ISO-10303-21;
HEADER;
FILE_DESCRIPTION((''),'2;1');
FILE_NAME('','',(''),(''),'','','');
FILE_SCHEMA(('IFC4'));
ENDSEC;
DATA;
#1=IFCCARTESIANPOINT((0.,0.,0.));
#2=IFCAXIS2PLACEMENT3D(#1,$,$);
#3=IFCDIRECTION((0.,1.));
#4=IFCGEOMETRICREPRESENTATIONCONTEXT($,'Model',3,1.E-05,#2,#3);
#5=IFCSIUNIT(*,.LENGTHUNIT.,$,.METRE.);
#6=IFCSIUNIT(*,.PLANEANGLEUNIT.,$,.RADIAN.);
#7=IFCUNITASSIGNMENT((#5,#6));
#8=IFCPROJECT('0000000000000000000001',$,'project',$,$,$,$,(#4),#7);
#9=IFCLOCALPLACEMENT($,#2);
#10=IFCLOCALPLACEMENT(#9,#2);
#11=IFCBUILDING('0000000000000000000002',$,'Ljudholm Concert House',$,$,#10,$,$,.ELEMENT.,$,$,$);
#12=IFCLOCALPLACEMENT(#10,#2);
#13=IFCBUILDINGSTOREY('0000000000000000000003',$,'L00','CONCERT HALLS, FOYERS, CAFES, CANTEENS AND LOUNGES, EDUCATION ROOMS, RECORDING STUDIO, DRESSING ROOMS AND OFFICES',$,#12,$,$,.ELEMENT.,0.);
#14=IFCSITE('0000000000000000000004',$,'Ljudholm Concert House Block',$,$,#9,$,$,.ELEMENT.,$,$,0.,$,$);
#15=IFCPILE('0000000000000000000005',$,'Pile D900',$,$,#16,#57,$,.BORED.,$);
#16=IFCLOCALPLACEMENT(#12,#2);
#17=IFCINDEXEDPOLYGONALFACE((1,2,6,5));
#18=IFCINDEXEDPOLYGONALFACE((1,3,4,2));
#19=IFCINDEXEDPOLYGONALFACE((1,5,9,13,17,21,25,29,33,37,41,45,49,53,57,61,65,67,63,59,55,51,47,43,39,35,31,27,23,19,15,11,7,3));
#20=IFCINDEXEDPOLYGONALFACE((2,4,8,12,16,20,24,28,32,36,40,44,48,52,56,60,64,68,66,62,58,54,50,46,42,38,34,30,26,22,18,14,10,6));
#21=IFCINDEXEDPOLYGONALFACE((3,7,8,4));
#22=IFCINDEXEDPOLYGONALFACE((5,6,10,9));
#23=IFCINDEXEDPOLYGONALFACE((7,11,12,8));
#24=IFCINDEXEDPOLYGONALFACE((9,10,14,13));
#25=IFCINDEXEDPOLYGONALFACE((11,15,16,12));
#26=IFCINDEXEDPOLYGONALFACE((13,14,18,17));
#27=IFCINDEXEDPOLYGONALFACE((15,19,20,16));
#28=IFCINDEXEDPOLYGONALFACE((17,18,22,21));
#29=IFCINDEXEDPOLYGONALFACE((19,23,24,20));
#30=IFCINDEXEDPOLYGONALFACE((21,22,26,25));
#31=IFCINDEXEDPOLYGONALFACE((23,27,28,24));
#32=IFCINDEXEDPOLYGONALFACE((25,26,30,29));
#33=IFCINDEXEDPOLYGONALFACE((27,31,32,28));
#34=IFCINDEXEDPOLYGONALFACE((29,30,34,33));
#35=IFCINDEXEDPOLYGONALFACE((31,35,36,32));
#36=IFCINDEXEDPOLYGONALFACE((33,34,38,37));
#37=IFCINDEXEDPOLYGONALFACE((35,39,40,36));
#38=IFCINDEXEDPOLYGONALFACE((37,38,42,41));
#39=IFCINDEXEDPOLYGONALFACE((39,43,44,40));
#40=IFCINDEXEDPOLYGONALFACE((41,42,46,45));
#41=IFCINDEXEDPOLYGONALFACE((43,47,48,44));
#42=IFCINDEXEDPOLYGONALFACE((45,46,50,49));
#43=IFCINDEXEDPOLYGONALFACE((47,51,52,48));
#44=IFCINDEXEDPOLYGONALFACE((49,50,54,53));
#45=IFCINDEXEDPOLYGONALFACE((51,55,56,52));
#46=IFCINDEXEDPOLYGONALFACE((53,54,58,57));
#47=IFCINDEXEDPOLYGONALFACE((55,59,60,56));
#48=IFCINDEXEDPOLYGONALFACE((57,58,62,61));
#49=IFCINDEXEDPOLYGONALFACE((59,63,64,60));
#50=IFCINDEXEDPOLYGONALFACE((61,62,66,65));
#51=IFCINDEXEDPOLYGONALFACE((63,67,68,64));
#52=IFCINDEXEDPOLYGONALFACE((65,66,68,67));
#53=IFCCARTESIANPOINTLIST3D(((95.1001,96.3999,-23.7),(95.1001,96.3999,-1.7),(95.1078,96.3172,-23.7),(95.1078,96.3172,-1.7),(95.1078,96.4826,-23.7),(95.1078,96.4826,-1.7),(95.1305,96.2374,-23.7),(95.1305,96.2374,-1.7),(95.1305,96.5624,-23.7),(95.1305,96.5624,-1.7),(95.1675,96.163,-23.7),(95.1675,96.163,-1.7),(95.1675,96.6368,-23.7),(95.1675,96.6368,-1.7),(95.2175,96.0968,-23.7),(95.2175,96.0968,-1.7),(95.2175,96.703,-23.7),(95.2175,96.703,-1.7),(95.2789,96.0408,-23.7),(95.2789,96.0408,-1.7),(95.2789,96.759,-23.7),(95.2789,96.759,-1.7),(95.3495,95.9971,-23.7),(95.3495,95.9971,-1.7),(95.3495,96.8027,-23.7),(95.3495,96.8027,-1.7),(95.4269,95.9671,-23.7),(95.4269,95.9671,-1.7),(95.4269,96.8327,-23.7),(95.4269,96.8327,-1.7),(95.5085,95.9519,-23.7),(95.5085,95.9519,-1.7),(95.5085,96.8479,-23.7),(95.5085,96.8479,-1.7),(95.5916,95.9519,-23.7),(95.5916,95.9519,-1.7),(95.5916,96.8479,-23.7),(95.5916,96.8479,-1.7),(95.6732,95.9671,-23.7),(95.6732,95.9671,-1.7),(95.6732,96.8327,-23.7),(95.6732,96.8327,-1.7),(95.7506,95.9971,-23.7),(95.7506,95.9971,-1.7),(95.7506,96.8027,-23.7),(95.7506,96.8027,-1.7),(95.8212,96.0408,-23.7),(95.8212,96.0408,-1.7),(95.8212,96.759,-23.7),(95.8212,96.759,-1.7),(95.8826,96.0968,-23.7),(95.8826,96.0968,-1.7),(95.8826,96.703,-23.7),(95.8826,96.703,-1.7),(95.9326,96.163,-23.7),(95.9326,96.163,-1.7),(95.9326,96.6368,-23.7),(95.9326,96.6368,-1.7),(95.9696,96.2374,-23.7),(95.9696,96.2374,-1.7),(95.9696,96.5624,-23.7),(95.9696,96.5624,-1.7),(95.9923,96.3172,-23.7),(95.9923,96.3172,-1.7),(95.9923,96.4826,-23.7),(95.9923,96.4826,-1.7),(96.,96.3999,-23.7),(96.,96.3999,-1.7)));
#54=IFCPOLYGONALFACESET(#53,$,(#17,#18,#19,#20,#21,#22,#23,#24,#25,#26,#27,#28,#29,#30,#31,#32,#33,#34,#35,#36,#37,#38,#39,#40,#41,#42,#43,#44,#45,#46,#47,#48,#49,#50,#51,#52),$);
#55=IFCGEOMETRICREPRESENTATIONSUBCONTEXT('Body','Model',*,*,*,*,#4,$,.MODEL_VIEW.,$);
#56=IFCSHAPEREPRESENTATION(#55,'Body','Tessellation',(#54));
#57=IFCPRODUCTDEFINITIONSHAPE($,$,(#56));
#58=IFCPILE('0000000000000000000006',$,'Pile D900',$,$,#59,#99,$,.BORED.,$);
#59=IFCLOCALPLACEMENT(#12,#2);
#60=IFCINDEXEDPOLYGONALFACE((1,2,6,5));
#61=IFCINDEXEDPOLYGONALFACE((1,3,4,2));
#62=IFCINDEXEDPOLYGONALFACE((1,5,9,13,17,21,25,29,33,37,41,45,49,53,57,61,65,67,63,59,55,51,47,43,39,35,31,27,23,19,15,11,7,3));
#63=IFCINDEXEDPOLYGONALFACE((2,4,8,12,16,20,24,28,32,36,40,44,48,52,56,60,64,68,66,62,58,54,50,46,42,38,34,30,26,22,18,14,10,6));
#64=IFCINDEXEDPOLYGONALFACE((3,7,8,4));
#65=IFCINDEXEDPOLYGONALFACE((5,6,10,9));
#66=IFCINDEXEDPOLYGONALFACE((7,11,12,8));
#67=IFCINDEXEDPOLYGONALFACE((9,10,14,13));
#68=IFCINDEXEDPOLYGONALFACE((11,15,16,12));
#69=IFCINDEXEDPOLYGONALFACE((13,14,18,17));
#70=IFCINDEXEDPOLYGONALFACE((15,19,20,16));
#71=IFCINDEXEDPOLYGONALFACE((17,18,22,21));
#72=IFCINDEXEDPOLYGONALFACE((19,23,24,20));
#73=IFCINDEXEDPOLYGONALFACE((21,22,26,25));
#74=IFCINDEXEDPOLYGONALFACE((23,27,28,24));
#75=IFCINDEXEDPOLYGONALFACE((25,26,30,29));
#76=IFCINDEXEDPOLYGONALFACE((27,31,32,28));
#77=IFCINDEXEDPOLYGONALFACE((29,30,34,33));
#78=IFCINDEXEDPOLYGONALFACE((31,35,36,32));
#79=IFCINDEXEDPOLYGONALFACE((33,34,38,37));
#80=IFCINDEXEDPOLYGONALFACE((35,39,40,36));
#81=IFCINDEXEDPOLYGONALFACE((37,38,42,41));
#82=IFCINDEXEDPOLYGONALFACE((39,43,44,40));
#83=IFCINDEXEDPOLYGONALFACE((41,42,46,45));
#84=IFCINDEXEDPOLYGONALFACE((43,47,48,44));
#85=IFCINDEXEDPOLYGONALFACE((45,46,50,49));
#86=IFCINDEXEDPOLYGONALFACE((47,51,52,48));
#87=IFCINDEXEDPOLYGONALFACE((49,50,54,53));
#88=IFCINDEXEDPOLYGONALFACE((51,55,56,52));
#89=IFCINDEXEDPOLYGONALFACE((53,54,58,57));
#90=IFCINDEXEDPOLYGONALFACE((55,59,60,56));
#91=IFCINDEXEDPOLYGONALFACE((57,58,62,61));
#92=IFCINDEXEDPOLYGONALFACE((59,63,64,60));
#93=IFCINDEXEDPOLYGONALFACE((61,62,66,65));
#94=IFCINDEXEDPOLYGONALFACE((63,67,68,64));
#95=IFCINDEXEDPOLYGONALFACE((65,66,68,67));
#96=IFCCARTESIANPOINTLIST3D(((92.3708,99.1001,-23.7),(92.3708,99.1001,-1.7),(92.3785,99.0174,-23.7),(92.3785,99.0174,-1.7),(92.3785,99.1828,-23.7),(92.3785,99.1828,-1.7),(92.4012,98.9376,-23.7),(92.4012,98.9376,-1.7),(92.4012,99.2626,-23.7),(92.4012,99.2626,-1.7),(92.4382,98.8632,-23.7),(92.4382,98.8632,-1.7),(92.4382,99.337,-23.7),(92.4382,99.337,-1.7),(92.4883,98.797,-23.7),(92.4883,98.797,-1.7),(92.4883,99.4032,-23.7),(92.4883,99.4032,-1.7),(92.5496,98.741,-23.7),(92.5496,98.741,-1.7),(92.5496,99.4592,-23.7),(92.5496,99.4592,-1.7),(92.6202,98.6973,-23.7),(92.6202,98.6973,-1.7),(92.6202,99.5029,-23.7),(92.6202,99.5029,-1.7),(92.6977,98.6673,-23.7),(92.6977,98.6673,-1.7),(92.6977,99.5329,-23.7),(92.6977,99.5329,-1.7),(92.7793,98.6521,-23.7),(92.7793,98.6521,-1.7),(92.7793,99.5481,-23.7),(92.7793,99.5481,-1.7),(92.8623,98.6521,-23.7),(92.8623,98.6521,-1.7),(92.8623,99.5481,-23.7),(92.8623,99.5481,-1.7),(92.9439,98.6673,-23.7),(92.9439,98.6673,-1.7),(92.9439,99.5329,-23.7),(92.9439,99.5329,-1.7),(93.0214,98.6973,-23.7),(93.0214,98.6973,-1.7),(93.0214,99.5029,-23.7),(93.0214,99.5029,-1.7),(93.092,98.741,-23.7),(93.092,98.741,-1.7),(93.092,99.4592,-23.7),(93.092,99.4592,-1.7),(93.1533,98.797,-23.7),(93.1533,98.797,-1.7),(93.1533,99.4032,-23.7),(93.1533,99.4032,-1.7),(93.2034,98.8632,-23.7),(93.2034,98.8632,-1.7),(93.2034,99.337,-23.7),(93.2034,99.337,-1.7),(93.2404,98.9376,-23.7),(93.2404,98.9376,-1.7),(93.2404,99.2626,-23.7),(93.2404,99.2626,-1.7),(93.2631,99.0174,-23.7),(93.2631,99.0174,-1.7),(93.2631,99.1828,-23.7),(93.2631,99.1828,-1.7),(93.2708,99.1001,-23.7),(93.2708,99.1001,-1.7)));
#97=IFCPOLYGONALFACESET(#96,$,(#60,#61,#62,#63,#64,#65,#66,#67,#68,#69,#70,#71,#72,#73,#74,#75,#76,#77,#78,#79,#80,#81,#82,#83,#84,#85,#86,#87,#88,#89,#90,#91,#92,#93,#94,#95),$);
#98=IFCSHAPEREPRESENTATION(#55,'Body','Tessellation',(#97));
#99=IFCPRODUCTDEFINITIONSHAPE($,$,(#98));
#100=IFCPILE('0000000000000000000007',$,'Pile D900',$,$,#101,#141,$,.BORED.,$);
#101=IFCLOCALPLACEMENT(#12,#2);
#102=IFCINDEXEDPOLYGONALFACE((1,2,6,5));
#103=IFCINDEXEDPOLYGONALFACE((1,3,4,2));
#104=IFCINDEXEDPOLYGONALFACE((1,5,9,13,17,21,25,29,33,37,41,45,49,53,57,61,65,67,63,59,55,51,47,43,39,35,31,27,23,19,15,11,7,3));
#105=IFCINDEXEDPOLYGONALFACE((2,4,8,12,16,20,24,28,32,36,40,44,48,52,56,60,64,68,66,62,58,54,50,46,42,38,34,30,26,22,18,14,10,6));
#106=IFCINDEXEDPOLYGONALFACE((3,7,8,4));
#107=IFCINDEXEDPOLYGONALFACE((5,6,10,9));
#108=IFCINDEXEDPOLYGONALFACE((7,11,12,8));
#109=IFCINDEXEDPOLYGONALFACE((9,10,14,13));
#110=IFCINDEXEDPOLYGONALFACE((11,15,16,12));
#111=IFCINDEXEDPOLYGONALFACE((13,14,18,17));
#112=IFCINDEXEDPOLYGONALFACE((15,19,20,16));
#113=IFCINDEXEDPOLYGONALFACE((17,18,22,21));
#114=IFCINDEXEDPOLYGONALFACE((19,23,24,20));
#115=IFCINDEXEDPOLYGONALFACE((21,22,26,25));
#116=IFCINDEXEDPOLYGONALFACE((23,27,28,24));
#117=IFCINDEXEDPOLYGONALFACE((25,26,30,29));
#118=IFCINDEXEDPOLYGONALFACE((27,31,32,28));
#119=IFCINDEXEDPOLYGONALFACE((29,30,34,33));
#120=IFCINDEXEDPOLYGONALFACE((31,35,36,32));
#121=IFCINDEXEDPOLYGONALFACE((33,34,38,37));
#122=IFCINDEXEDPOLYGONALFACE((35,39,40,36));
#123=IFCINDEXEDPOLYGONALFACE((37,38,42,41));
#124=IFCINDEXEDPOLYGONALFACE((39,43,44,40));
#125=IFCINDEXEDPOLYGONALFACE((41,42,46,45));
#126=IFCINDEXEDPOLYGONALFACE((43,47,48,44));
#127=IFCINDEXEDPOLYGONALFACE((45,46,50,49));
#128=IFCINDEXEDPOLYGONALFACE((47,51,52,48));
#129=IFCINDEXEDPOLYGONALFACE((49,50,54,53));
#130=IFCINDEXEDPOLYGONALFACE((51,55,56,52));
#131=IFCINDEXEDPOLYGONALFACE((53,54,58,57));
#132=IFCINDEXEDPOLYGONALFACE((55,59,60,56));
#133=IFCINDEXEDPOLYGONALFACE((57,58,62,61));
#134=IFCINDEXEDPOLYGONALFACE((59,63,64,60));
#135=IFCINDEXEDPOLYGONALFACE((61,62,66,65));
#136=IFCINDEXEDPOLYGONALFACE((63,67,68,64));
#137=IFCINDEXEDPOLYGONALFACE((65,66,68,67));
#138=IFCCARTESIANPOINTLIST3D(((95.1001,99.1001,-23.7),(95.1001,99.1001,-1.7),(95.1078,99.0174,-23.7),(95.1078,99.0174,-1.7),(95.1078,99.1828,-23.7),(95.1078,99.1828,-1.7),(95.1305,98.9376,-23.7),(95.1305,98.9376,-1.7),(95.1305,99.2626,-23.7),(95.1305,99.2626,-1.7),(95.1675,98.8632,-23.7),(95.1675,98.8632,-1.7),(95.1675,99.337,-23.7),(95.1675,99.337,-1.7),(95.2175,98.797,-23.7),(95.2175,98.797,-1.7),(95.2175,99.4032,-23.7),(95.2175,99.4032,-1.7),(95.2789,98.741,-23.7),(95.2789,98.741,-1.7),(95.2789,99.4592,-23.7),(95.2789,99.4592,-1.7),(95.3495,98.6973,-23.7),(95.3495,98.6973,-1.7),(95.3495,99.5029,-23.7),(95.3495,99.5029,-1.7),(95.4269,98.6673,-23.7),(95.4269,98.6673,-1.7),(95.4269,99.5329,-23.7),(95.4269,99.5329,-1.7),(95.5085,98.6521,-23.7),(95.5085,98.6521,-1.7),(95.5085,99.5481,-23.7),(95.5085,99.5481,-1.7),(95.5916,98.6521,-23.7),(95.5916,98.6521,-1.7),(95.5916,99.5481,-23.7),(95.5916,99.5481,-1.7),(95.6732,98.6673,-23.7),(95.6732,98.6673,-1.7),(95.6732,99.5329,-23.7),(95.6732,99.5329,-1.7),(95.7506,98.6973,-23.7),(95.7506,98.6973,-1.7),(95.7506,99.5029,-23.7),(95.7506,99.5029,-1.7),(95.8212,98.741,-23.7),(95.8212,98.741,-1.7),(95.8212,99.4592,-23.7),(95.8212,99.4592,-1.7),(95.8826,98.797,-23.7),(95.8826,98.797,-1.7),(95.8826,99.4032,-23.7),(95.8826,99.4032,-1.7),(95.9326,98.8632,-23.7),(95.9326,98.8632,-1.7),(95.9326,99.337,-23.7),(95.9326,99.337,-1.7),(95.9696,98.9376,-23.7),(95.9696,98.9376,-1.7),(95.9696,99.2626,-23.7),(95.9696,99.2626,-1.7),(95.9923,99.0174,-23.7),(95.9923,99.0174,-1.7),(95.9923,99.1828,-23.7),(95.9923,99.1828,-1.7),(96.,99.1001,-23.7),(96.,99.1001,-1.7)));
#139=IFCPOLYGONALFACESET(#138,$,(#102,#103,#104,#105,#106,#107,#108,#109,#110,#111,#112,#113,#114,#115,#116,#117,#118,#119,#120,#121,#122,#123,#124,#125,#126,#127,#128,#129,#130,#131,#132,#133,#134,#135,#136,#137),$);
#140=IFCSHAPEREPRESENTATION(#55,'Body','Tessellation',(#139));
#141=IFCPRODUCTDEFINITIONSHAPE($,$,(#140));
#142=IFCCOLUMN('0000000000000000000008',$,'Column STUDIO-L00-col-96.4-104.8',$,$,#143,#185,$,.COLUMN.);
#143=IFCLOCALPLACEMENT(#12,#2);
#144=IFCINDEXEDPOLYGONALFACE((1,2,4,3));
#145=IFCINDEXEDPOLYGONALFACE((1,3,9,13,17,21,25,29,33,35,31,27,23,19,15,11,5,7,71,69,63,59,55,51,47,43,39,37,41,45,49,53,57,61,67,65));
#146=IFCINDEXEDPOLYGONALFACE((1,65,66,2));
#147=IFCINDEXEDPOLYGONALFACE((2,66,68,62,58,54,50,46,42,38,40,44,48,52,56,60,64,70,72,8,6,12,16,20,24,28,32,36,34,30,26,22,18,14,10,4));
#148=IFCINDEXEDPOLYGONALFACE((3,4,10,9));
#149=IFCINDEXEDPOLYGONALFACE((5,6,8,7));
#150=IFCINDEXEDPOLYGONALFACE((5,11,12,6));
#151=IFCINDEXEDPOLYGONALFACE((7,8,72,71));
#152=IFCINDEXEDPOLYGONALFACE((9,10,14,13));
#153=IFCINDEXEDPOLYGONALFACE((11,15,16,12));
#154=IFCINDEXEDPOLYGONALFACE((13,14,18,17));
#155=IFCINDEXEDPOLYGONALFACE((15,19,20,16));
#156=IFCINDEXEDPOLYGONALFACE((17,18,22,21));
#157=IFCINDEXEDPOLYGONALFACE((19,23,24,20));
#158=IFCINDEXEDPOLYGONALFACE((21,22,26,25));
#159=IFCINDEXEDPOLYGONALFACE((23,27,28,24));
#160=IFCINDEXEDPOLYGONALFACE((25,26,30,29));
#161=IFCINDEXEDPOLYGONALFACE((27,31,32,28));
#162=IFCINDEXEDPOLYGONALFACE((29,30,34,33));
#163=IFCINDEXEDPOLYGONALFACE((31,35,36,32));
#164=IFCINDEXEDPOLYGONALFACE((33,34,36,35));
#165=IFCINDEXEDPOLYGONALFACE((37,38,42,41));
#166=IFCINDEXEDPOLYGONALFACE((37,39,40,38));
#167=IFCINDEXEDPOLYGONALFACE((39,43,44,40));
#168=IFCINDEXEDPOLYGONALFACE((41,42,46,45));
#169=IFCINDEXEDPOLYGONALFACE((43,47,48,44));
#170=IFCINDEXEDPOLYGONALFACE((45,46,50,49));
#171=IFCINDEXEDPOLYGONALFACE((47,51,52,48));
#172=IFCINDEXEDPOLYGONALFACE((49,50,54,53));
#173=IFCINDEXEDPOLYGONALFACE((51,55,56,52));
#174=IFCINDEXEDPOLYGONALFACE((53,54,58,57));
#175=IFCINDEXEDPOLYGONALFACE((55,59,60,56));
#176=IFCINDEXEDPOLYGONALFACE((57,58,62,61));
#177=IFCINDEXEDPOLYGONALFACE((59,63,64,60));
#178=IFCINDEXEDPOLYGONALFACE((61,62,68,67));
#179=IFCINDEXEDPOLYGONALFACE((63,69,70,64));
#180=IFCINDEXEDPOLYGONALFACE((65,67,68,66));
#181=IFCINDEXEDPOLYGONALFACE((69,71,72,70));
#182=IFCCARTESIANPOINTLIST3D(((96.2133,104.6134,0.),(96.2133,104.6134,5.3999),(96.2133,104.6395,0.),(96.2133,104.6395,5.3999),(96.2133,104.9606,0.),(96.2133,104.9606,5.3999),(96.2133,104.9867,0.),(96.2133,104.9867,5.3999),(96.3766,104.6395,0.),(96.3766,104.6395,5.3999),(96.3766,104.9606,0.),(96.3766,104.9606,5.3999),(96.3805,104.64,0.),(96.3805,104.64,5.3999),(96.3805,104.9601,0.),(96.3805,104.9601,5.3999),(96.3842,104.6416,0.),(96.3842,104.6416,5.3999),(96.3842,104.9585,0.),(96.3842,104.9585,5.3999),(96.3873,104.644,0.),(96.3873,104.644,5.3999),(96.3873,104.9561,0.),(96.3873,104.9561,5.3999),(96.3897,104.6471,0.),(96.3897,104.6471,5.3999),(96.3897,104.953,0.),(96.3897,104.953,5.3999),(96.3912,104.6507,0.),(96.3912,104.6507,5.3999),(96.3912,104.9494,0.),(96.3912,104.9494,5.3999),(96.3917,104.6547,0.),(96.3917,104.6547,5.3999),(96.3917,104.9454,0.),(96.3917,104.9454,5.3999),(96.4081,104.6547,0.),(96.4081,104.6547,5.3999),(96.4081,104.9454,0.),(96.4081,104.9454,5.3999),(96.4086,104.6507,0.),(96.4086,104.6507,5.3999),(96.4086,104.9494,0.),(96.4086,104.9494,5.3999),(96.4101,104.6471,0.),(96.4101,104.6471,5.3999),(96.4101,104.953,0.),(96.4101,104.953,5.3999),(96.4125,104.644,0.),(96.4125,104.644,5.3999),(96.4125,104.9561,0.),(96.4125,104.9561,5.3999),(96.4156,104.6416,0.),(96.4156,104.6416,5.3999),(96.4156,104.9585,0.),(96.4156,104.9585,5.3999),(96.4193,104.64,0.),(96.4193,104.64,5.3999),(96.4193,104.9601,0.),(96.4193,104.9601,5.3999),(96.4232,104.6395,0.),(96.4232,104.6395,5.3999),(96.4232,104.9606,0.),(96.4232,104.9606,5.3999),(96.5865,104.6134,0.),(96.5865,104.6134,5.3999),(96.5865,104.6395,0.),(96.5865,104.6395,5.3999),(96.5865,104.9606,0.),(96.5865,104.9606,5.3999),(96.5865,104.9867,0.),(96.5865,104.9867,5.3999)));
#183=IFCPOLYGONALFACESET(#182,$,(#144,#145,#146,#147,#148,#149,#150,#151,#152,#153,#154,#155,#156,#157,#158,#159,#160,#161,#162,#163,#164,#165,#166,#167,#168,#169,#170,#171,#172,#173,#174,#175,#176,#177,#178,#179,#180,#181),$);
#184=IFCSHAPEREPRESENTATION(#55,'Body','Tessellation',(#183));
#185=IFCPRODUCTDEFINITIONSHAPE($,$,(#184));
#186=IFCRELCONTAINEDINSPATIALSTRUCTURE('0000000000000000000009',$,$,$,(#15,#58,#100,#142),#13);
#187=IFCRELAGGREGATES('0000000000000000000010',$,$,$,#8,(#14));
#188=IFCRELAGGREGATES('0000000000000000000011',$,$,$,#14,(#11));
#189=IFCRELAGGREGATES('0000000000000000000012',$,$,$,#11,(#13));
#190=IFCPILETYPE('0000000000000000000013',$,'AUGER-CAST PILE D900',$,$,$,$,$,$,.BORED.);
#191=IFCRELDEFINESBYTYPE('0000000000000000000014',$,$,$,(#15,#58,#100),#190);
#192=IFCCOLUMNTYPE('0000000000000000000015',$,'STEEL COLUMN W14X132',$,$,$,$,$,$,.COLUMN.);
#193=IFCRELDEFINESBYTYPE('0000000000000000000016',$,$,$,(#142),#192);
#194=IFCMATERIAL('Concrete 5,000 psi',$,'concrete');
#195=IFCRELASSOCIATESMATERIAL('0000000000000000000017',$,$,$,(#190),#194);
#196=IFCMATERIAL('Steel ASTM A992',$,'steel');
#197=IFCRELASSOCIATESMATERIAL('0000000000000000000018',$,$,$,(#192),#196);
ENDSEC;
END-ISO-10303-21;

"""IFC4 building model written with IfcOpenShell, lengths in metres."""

from ifc_helpers import new_model, si_unit, direction, frame, origin, origin_2d, place, context, subcontext, project, spatial, circle, i_section, extrude, material, material_profile, profile_set, type_object, element, save


model = new_model("IFC4")

# Units and contexts
model_context = context("Model", 3, precision=1e-05, world=origin(), true_north=direction((0.0, 1.0)))
body_context = subcontext(model_context, "Body", "Model", "MODEL_VIEW")
ifc_project = project(units=[si_unit("LENGTHUNIT", "METRE"), si_unit("PLANEANGLEUNIT", "RADIAN")], contexts=[model_context])

# Site, building, storey
site_placement = place(None, origin())
site = spatial("IfcSite", under=ifc_project, at=site_placement, Name="Ljudholm Concert House Block", CompositionType="ELEMENT", RefElevation=0.0)
building_placement = place(site_placement, origin())
building = spatial("IfcBuilding", under=site, at=building_placement, Name="Ljudholm Concert House", CompositionType="ELEMENT")
storey_placement = place(building_placement, origin())
storey = spatial("IfcBuildingStorey", under=building, at=storey_placement, Name="L00", Description="CONCERT HALLS, FOYERS, CAFES, CANTEENS AND LOUNGES, EDUCATION ROOMS, RECORDING STUDIO, DRESSING ROOMS AND OFFICES", CompositionType="ELEMENT", Elevation=0.0)

# Piles
ifc_material_1 = material(Name="Concrete 5,000 psi", Category="concrete")
ifc_material_profile_1 = material_profile(ifc_material_1, circle(Radius=0.45, at=origin_2d()), Name="AUGER-CAST PILE D900")
ifc_profile_set_1 = profile_set([ifc_material_profile_1], Name="Concrete 5,000 psi")
pile_type_1 = type_object("IfcPileType", Name="AUGER-CAST PILE D900", PredefinedType="BORED", material=ifc_profile_set_1)
for number, where, z_axis, x_axis, name in (
    (1, (95.55, 96.3999, -1.7), (0.0, 0.0, -1.0), (1.0, 0.0, 0.0), "Pile D900"),
    (2, (92.8208, 99.1001, -1.7), (0.0, 0.0, -1.0), (1.0, 0.0, 0.0), "Pile D900"),
    (3, (95.55, 99.1001, -1.7), (0.0, 0.0, -1.0), (1.0, 0.0, 0.0), "Pile D900"),
):
    element("IfcPile", number, at=place(storey_placement, frame(where, z_axis=z_axis, x_axis=x_axis)), inside=storey, type_object=pile_type_1, Name=name, PredefinedType="BORED", context=body_context, shape_type="SweptSolid", body=[
        extrude(circle(Radius=0.45, at=origin_2d()), origin(), (0.0, 0.0, 1.0), 22.0),
    ])

# Column
ifc_material_2 = material(Name="Steel ASTM A992", Category="steel")
ifc_material_profile_2 = material_profile(ifc_material_2, i_section(OverallWidth=0.3733, OverallDepth=0.3733, WebThickness=0.0164, FlangeThickness=0.0261, FilletRadius=0.0151, at=origin_2d()), Name="W14X132")
ifc_profile_set_2 = profile_set([ifc_material_profile_2], Name="Steel ASTM A992")
column_type = type_object("IfcColumnType", Name="STEEL COLUMN W14X132", PredefinedType="COLUMN", material=ifc_profile_set_2)
column_placement = place(storey_placement, frame((96.3999, 104.8, 0.0), z_axis=(0.0, 0.0, 1.0), x_axis=(1.0, 0.0, 0.0)))
element("IfcColumn", 4, at=column_placement, inside=storey, type_object=column_type, Name="Column STUDIO-L00-col-96.4-104.8", PredefinedType="COLUMN", context=body_context, shape_type="SweptSolid", body=[
    extrude(i_section(OverallWidth=0.3733, OverallDepth=0.3733, WebThickness=0.0164, FlangeThickness=0.0261, FilletRadius=0.0151, at=origin_2d()), origin(), (0.0, 0.0, 1.0), 5.3999),
])

save(model, "model.ifc")
